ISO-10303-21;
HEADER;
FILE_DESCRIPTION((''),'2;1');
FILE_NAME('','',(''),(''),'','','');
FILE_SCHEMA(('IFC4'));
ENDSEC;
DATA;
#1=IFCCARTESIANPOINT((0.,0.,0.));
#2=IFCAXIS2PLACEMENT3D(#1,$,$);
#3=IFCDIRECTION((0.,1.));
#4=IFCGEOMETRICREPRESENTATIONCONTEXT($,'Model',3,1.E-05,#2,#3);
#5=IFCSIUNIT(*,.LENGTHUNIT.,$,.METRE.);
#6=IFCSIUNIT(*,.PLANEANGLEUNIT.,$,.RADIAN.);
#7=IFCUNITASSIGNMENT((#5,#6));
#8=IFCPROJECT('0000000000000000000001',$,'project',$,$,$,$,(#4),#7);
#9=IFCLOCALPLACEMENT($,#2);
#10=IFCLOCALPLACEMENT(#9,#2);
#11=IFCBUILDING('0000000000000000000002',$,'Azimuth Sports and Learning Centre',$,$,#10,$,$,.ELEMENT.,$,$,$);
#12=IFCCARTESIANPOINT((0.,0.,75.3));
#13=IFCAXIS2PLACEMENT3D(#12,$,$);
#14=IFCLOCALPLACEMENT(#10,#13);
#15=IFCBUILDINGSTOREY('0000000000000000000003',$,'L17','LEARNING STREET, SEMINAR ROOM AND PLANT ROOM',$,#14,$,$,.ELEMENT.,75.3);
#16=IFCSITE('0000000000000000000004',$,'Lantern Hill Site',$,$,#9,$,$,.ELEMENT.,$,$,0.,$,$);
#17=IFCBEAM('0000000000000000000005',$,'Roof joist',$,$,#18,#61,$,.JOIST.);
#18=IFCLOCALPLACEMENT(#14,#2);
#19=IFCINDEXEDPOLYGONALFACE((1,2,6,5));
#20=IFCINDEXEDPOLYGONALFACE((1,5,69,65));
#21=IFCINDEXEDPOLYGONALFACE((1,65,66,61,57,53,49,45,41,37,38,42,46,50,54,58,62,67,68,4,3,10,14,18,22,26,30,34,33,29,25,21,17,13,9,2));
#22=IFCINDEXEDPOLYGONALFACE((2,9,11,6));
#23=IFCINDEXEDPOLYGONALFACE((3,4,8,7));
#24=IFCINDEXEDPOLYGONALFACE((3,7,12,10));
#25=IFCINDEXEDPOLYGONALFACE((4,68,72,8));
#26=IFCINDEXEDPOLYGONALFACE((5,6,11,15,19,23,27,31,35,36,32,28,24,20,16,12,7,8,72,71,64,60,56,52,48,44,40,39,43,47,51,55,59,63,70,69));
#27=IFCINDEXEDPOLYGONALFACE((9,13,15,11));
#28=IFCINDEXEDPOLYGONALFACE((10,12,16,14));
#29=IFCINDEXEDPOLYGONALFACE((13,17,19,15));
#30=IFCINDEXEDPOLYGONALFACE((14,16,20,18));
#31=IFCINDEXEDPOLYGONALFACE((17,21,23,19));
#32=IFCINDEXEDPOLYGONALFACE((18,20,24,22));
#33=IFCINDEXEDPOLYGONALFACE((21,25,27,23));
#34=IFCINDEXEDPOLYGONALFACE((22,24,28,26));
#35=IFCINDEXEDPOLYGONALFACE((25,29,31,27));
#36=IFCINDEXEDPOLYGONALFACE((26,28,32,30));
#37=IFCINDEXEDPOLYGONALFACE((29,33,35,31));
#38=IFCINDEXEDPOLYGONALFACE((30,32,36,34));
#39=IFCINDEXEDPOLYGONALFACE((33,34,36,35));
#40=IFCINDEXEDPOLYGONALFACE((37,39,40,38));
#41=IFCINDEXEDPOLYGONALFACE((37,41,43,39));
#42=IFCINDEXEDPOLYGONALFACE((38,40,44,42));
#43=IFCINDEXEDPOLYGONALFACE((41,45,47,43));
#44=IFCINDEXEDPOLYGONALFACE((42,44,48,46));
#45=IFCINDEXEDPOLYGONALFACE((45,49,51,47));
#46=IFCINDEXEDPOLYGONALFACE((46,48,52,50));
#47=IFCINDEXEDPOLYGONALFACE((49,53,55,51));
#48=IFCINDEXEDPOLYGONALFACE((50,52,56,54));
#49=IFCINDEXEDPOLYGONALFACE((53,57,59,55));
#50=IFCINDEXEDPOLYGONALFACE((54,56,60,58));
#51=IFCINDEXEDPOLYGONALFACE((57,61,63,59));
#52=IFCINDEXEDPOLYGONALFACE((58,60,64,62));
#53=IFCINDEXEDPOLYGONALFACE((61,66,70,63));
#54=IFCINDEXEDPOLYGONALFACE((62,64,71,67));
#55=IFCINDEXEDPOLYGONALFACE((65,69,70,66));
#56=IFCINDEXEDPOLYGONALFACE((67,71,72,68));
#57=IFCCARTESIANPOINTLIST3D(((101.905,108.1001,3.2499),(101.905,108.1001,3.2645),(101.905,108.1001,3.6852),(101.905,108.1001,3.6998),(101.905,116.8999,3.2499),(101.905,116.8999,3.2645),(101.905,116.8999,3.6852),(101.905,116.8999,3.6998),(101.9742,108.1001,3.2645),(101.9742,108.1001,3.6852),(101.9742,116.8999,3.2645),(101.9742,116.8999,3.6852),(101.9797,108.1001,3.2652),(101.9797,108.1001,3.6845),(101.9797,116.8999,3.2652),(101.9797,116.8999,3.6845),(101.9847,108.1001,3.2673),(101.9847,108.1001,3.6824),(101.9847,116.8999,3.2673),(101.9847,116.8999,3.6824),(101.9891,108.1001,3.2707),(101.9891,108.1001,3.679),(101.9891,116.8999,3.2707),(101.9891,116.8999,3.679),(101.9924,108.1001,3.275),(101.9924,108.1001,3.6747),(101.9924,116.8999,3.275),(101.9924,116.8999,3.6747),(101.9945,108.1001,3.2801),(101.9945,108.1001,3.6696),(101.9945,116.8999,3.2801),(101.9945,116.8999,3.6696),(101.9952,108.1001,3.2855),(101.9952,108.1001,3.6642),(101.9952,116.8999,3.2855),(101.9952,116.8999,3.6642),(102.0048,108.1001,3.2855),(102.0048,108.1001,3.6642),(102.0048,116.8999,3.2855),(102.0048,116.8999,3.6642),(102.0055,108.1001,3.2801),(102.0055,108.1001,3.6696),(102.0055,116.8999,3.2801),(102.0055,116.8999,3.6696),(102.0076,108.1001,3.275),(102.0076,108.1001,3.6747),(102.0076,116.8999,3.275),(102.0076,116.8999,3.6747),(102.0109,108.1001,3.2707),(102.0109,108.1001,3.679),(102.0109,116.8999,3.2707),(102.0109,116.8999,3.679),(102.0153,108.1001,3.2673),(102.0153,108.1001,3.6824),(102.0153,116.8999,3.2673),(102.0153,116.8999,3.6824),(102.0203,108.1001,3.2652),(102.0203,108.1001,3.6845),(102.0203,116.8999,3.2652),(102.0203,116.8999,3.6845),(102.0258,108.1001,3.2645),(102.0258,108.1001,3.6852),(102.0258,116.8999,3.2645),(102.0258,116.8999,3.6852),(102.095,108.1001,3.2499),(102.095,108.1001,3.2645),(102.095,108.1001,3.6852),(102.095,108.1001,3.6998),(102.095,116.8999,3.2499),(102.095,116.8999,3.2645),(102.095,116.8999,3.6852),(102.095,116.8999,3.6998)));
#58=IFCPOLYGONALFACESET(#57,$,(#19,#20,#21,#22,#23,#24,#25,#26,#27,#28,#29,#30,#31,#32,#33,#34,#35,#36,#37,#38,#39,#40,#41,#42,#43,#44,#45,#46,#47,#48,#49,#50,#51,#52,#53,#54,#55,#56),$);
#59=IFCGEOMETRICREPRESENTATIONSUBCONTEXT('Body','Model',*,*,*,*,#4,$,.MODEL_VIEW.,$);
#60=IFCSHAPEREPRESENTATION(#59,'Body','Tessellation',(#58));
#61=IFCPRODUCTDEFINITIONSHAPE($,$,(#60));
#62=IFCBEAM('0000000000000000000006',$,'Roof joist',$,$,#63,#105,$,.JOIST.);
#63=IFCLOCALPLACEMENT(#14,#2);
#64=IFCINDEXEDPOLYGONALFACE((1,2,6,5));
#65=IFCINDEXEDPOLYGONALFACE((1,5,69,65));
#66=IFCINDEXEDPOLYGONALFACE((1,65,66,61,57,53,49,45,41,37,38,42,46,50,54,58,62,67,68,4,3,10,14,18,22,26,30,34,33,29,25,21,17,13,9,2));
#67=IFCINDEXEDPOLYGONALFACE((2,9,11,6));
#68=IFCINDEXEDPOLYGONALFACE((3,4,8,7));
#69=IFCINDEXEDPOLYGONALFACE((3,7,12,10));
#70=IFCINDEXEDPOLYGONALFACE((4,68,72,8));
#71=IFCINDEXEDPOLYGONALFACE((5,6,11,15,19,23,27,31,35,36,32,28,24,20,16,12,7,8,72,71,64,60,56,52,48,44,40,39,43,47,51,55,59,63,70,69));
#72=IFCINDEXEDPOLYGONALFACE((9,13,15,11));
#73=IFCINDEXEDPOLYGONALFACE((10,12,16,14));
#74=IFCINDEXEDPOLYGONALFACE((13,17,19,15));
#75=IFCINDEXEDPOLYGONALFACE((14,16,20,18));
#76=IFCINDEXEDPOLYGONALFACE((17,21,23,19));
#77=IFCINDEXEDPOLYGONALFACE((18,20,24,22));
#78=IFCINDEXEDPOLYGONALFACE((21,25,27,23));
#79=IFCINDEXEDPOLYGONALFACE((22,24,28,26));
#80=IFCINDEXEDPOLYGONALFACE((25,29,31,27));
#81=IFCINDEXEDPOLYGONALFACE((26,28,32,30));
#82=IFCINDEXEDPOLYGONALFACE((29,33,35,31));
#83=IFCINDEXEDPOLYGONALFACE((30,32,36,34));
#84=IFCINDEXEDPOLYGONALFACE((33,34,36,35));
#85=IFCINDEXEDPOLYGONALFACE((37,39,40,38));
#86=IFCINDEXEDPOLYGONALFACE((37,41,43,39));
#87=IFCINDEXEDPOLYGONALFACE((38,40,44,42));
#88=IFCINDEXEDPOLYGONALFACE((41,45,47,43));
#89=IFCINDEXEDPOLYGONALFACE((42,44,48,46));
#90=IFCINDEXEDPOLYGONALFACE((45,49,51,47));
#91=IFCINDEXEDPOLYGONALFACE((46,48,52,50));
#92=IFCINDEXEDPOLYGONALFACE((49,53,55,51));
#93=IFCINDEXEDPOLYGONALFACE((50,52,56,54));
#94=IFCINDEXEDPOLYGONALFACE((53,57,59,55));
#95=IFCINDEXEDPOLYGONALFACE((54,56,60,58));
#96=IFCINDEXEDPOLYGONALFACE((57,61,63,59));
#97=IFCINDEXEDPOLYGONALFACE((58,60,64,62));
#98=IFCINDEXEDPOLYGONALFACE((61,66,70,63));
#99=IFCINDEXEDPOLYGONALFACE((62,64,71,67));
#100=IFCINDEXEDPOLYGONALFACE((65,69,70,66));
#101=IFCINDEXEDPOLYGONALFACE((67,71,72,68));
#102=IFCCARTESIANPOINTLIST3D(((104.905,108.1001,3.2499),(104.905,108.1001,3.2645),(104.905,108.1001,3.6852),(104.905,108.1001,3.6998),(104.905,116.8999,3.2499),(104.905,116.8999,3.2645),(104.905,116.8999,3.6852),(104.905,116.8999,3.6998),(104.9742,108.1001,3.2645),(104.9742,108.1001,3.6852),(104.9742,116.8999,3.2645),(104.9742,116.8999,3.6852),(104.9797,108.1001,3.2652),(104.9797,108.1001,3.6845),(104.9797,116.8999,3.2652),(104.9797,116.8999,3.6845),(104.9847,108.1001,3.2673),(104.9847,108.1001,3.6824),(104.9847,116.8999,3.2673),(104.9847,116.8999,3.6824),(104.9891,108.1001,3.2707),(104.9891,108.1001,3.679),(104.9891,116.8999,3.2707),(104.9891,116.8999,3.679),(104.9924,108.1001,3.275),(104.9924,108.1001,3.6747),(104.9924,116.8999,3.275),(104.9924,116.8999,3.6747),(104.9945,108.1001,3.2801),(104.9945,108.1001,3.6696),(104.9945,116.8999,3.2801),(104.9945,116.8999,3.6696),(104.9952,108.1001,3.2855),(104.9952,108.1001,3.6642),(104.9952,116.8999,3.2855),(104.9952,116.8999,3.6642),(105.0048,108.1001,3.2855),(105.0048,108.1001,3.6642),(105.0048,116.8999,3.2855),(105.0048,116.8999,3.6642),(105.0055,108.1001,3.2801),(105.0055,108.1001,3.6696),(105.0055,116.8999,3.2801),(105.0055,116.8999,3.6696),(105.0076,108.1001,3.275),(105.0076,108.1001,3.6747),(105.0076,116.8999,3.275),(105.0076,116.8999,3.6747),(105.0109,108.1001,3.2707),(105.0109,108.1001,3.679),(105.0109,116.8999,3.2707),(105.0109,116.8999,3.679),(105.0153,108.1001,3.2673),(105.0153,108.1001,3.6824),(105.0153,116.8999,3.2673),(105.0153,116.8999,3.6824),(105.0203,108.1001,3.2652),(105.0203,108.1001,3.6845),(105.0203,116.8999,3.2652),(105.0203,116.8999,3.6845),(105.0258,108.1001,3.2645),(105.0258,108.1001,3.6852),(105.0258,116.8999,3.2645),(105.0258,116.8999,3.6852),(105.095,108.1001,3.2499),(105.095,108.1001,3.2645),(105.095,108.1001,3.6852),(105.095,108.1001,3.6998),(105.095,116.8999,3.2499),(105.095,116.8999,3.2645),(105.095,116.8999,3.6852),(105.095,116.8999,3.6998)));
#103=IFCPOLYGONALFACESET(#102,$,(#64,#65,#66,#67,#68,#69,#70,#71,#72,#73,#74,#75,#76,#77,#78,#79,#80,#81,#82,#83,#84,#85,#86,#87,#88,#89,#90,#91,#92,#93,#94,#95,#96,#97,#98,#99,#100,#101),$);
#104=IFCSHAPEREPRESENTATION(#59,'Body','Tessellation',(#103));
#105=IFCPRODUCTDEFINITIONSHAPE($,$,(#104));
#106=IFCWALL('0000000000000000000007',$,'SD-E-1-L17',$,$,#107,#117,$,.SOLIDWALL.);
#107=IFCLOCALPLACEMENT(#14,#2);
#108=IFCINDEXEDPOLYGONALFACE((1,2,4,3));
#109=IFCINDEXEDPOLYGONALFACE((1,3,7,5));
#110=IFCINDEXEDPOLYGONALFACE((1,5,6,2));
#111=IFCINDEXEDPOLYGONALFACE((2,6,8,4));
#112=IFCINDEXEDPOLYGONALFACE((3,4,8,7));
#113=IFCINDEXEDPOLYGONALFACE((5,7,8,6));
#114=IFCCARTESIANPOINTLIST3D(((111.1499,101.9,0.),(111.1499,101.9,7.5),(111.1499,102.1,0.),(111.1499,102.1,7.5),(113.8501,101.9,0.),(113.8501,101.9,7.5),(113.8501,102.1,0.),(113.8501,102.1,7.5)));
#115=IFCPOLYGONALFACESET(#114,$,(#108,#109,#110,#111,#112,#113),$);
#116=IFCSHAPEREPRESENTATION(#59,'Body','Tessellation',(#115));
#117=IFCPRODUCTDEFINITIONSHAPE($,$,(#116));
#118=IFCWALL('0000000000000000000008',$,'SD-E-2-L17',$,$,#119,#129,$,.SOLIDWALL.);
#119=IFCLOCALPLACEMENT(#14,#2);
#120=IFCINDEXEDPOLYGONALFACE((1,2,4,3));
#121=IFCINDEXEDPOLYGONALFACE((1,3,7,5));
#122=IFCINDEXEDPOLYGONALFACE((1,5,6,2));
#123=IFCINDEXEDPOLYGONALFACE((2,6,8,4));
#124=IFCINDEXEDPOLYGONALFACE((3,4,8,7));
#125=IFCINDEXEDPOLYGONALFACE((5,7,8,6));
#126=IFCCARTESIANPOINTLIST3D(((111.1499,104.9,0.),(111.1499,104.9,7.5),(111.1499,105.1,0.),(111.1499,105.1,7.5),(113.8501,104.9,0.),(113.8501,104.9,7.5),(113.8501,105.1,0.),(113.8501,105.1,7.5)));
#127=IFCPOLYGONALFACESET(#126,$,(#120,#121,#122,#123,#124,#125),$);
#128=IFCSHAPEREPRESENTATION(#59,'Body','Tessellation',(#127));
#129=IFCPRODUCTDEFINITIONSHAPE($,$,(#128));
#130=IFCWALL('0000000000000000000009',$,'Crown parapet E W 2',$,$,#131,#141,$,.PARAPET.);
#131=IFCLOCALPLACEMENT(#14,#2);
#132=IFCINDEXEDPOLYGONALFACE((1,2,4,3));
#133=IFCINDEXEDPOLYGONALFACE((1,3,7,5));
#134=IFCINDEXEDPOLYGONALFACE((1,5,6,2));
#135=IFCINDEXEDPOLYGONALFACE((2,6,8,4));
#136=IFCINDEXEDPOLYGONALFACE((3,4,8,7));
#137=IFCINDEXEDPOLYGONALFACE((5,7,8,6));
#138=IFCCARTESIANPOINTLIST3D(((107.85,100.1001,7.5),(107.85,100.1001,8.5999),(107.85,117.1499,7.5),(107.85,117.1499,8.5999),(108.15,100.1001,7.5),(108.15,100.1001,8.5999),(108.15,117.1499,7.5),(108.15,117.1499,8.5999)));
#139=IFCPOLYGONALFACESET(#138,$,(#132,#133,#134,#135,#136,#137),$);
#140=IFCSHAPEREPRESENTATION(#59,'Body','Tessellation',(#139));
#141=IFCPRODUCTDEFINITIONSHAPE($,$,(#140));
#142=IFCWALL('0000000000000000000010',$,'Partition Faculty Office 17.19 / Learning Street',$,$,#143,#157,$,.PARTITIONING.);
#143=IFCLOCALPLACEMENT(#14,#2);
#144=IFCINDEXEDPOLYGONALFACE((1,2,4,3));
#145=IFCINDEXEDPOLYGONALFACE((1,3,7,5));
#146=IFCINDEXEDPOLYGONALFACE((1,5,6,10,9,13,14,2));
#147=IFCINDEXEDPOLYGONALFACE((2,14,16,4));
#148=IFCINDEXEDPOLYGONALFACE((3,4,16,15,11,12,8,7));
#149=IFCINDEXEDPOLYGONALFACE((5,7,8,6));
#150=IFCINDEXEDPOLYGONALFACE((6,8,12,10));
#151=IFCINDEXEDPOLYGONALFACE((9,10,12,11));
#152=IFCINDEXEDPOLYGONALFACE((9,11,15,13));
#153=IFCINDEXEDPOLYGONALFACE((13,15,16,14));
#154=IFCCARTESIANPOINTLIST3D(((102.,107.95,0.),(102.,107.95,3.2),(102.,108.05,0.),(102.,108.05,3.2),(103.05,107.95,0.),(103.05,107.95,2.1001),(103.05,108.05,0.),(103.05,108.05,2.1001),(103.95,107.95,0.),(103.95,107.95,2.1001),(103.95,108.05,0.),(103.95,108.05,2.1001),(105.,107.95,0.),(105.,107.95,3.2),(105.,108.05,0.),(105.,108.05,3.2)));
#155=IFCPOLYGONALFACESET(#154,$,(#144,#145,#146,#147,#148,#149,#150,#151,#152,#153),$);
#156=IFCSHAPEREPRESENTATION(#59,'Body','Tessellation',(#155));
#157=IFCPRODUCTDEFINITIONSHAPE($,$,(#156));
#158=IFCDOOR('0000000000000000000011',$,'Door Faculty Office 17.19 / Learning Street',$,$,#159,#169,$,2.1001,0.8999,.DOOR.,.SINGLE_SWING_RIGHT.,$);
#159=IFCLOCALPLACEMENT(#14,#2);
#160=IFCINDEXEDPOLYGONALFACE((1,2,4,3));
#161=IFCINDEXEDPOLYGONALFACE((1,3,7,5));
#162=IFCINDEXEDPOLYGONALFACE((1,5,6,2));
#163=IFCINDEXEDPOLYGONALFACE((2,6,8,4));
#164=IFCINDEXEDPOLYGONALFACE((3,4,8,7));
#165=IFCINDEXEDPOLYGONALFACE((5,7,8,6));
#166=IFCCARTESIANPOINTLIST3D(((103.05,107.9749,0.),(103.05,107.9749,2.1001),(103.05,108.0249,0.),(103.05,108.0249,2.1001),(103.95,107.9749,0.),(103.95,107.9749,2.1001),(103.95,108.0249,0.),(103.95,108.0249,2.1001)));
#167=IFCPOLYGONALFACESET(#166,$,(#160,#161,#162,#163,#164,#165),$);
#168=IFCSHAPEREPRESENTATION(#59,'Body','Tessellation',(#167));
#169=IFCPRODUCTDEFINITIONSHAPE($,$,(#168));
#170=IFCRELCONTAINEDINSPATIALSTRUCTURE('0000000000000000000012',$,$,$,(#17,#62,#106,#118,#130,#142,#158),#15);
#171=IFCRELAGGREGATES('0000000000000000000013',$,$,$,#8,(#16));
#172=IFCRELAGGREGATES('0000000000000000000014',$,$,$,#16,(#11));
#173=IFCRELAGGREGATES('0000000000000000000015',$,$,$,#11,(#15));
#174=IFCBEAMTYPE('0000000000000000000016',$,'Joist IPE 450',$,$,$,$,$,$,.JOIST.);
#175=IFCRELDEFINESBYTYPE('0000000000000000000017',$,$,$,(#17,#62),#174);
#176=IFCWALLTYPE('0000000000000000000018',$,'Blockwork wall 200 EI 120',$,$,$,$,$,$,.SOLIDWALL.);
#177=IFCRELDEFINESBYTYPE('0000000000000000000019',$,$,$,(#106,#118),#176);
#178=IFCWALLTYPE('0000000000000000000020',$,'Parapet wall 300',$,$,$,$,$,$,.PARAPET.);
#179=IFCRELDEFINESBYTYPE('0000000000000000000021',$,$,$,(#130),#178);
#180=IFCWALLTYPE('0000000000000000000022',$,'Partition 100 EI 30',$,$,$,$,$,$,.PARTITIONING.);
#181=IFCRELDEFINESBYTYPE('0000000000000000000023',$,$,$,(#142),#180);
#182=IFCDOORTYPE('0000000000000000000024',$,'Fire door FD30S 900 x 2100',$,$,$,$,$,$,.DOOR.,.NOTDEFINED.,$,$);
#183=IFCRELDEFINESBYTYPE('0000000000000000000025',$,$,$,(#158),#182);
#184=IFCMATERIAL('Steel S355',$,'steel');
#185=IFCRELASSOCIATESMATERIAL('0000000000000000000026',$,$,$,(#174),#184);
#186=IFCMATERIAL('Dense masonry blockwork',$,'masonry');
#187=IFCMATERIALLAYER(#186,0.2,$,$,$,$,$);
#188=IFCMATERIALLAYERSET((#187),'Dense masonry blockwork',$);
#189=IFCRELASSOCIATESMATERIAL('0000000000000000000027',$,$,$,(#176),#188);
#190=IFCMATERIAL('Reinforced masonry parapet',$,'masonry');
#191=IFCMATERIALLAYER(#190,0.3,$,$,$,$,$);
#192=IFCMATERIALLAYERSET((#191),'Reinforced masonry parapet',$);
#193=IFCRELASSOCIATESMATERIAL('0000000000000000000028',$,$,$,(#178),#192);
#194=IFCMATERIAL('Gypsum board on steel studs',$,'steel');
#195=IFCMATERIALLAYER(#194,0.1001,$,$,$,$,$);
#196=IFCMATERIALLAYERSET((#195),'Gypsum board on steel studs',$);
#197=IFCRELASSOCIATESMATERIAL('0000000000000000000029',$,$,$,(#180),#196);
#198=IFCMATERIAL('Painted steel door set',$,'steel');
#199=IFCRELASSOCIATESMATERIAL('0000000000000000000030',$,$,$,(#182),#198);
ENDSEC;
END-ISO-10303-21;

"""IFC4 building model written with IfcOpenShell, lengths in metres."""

from ifc_helpers import new_model, si_unit, direction, frame, frame_2d, origin, origin_2d, place, context, subcontext, project, spatial, rectangle, i_section, extrude, material, layer, layer_set, material_profile, profile_set, type_object, element, fill, save


model = new_model("IFC4")

# Units and contexts
model_context = context("Model", 3, precision=1e-05, world=origin(), true_north=direction((0.0, 1.0)))
body_context = subcontext(model_context, "Body", "Model", "MODEL_VIEW")
ifc_project = project(units=[si_unit("LENGTHUNIT", "METRE"), si_unit("PLANEANGLEUNIT", "RADIAN")], contexts=[model_context])

# Site, building, storey
site_placement = place(None, origin())
site = spatial("IfcSite", under=ifc_project, at=site_placement, Name="Lantern Hill Site", CompositionType="ELEMENT", RefElevation=0.0)
building_placement = place(site_placement, origin())
building = spatial("IfcBuilding", under=site, at=building_placement, Name="Azimuth Sports and Learning Centre", CompositionType="ELEMENT")
storey_placement = place(building_placement, frame((0.0, 0.0, 75.3)))
storey = spatial("IfcBuildingStorey", under=building, at=storey_placement, Name="L17", Description="LEARNING STREET, SEMINAR ROOM AND PLANT ROOM", CompositionType="ELEMENT", Elevation=75.3)

# Beams
ifc_material_1 = material(Name="Steel S355", Category="steel")
ifc_material_profile_1 = material_profile(ifc_material_1, i_section(OverallWidth=0.1899, OverallDepth=0.45, WebThickness=0.0095, FlangeThickness=0.0146, FilletRadius=0.021, at=origin_2d()), Name="IPE 450")
ifc_profile_set_1 = profile_set([ifc_material_profile_1], Name="Steel S355")
beam_type_1 = type_object("IfcBeamType", Name="Joist IPE 450", PredefinedType="JOIST", material=ifc_profile_set_1)
for number, where, z_axis, x_axis, name in (
    (1, (102.0, 108.1001, 3.4749), (0.0, 1.0, 0.0), (-1.0, 0.0, 0.0), "Roof joist"),
    (2, (105.0, 108.1001, 3.4749), (0.0, 1.0, 0.0), (-1.0, 0.0, 0.0), "Roof joist"),
):
    element("IfcBeam", number, at=place(storey_placement, frame(where, z_axis=z_axis, x_axis=x_axis)), inside=storey, type_object=beam_type_1, Name=name, PredefinedType="JOIST", context=body_context, shape_type="SweptSolid", body=[
        extrude(i_section(OverallWidth=0.1899, OverallDepth=0.45, WebThickness=0.0095, FlangeThickness=0.0146, FilletRadius=0.021, at=origin_2d()), origin(), (0.0, 0.0, 1.0), 8.7998),
    ])

# Walls
ifc_material_2 = material(Name="Dense masonry blockwork", Category="masonry")
ifc_layer_1 = layer(ifc_material_2, 0.2)
ifc_layer_set_1 = layer_set([ifc_layer_1], Name="Dense masonry blockwork")
wall_type_1 = type_object("IfcWallType", Name="Blockwork wall 200 EI 120", PredefinedType="SOLIDWALL", material=ifc_layer_set_1)
for number, where, z_axis, x_axis, name in (
    (3, (111.1499, 102.0, 0.0), (0.0, 0.0, 1.0), (1.0, 0.0, 0.0), "SD-E-1-L17"),
    (4, (111.1499, 105.0, 0.0), (0.0, 0.0, 1.0), (1.0, 0.0, 0.0), "SD-E-2-L17"),
):
    element("IfcWall", number, at=place(storey_placement, frame(where, z_axis=z_axis, x_axis=x_axis)), inside=storey, type_object=wall_type_1, Name=name, PredefinedType="SOLIDWALL", context=body_context, shape_type="SweptSolid", body=[
        extrude(rectangle(XDim=2.7002, YDim=0.2, at=frame_2d((1.3501, 0.0))), origin(), (0.0, 0.0, 1.0), 7.5),
    ])
ifc_material_3 = material(Name="Reinforced masonry parapet", Category="masonry")
ifc_layer_2 = layer(ifc_material_3, 0.3)
ifc_layer_set_2 = layer_set([ifc_layer_2], Name="Reinforced masonry parapet")
wall_type_2 = type_object("IfcWallType", Name="Parapet wall 300", PredefinedType="PARAPET", material=ifc_layer_set_2)
wall_1_placement = place(storey_placement, frame((108.0, 100.1001, 7.5), z_axis=(0.0, 0.0, 1.0), x_axis=(0.0, 1.0, 0.0)))
element("IfcWall", 5, at=wall_1_placement, inside=storey, type_object=wall_type_2, Name="Crown parapet E W 2", PredefinedType="PARAPET", context=body_context, shape_type="SweptSolid", body=[
    extrude(rectangle(XDim=17.0498, YDim=0.3, at=frame_2d((8.5249, 0.0))), origin(), (0.0, 0.0, 1.0), 1.0999),
])

# Wall, opening, door
ifc_material_4 = material(Name="Gypsum board on steel studs", Category="steel")
ifc_layer_3 = layer(ifc_material_4, 0.1001)
ifc_layer_set_3 = layer_set([ifc_layer_3], Name="Gypsum board on steel studs")
wall_type_3 = type_object("IfcWallType", Name="Partition 100 EI 30", PredefinedType="PARTITIONING", material=ifc_layer_set_3)
wall_2_placement = place(storey_placement, frame((102.0, 108.0, 0.0), z_axis=(0.0, 0.0, 1.0), x_axis=(1.0, 0.0, 0.0)))
wall_2 = element("IfcWall", 6, at=wall_2_placement, inside=storey, type_object=wall_type_3, Name="Partition Faculty Office 17.19 / Learning Street", PredefinedType="PARTITIONING", context=body_context, shape_type="SweptSolid", body=[
    extrude(rectangle(XDim=3.0, YDim=0.1001, at=frame_2d((1.5, 0.0))), origin(), (0.0, 0.0, 1.0), 3.2),
])
opening_1_placement = place(wall_2_placement, frame((1.05, 0.0, 0.0)))
opening_1 = element("IfcOpeningElement", 7, at=opening_1_placement, cuts=wall_2, PredefinedType="OPENING", context=body_context, shape_type="SweptSolid", body=[
    extrude(rectangle(XDim=0.8999, YDim=2.1001, at=frame_2d((0.45, 1.05))), frame((0.0, 0.061, 0.0), z_axis=(0.0, -1.0, 0.0), x_axis=(1.0, 0.0, 0.0)), (0.0, 0.0, 1.0), 0.1221),
])
ifc_material_5 = material(Name="Painted steel door set", Category="steel")
door_type_1 = type_object("IfcDoorType", Name="Fire door FD30S 900 x 2100", OperationType="NOTDEFINED", PredefinedType="DOOR", material=ifc_material_5)
door_1_placement = place(opening_1_placement, origin())
door_1 = element("IfcDoor", 8, at=door_1_placement, inside=storey, type_object=door_type_1, Name="Door Faculty Office 17.19 / Learning Street", OperationType="SINGLE_SWING_RIGHT", OverallHeight=2.1001, OverallWidth=0.8999, PredefinedType="DOOR", context=body_context, shape_type="SweptSolid", body=[
    extrude(rectangle(XDim=0.8999, YDim=2.1001, at=frame_2d((0.45, 1.05))), frame((0.0, 0.0249, 0.0), z_axis=(0.0, -1.0, 0.0), x_axis=(1.0, 0.0, 0.0)), (0.0, 0.0, 1.0), 0.05),
])
fill(opening_1, door_1)

save(model, "model.ifc")
